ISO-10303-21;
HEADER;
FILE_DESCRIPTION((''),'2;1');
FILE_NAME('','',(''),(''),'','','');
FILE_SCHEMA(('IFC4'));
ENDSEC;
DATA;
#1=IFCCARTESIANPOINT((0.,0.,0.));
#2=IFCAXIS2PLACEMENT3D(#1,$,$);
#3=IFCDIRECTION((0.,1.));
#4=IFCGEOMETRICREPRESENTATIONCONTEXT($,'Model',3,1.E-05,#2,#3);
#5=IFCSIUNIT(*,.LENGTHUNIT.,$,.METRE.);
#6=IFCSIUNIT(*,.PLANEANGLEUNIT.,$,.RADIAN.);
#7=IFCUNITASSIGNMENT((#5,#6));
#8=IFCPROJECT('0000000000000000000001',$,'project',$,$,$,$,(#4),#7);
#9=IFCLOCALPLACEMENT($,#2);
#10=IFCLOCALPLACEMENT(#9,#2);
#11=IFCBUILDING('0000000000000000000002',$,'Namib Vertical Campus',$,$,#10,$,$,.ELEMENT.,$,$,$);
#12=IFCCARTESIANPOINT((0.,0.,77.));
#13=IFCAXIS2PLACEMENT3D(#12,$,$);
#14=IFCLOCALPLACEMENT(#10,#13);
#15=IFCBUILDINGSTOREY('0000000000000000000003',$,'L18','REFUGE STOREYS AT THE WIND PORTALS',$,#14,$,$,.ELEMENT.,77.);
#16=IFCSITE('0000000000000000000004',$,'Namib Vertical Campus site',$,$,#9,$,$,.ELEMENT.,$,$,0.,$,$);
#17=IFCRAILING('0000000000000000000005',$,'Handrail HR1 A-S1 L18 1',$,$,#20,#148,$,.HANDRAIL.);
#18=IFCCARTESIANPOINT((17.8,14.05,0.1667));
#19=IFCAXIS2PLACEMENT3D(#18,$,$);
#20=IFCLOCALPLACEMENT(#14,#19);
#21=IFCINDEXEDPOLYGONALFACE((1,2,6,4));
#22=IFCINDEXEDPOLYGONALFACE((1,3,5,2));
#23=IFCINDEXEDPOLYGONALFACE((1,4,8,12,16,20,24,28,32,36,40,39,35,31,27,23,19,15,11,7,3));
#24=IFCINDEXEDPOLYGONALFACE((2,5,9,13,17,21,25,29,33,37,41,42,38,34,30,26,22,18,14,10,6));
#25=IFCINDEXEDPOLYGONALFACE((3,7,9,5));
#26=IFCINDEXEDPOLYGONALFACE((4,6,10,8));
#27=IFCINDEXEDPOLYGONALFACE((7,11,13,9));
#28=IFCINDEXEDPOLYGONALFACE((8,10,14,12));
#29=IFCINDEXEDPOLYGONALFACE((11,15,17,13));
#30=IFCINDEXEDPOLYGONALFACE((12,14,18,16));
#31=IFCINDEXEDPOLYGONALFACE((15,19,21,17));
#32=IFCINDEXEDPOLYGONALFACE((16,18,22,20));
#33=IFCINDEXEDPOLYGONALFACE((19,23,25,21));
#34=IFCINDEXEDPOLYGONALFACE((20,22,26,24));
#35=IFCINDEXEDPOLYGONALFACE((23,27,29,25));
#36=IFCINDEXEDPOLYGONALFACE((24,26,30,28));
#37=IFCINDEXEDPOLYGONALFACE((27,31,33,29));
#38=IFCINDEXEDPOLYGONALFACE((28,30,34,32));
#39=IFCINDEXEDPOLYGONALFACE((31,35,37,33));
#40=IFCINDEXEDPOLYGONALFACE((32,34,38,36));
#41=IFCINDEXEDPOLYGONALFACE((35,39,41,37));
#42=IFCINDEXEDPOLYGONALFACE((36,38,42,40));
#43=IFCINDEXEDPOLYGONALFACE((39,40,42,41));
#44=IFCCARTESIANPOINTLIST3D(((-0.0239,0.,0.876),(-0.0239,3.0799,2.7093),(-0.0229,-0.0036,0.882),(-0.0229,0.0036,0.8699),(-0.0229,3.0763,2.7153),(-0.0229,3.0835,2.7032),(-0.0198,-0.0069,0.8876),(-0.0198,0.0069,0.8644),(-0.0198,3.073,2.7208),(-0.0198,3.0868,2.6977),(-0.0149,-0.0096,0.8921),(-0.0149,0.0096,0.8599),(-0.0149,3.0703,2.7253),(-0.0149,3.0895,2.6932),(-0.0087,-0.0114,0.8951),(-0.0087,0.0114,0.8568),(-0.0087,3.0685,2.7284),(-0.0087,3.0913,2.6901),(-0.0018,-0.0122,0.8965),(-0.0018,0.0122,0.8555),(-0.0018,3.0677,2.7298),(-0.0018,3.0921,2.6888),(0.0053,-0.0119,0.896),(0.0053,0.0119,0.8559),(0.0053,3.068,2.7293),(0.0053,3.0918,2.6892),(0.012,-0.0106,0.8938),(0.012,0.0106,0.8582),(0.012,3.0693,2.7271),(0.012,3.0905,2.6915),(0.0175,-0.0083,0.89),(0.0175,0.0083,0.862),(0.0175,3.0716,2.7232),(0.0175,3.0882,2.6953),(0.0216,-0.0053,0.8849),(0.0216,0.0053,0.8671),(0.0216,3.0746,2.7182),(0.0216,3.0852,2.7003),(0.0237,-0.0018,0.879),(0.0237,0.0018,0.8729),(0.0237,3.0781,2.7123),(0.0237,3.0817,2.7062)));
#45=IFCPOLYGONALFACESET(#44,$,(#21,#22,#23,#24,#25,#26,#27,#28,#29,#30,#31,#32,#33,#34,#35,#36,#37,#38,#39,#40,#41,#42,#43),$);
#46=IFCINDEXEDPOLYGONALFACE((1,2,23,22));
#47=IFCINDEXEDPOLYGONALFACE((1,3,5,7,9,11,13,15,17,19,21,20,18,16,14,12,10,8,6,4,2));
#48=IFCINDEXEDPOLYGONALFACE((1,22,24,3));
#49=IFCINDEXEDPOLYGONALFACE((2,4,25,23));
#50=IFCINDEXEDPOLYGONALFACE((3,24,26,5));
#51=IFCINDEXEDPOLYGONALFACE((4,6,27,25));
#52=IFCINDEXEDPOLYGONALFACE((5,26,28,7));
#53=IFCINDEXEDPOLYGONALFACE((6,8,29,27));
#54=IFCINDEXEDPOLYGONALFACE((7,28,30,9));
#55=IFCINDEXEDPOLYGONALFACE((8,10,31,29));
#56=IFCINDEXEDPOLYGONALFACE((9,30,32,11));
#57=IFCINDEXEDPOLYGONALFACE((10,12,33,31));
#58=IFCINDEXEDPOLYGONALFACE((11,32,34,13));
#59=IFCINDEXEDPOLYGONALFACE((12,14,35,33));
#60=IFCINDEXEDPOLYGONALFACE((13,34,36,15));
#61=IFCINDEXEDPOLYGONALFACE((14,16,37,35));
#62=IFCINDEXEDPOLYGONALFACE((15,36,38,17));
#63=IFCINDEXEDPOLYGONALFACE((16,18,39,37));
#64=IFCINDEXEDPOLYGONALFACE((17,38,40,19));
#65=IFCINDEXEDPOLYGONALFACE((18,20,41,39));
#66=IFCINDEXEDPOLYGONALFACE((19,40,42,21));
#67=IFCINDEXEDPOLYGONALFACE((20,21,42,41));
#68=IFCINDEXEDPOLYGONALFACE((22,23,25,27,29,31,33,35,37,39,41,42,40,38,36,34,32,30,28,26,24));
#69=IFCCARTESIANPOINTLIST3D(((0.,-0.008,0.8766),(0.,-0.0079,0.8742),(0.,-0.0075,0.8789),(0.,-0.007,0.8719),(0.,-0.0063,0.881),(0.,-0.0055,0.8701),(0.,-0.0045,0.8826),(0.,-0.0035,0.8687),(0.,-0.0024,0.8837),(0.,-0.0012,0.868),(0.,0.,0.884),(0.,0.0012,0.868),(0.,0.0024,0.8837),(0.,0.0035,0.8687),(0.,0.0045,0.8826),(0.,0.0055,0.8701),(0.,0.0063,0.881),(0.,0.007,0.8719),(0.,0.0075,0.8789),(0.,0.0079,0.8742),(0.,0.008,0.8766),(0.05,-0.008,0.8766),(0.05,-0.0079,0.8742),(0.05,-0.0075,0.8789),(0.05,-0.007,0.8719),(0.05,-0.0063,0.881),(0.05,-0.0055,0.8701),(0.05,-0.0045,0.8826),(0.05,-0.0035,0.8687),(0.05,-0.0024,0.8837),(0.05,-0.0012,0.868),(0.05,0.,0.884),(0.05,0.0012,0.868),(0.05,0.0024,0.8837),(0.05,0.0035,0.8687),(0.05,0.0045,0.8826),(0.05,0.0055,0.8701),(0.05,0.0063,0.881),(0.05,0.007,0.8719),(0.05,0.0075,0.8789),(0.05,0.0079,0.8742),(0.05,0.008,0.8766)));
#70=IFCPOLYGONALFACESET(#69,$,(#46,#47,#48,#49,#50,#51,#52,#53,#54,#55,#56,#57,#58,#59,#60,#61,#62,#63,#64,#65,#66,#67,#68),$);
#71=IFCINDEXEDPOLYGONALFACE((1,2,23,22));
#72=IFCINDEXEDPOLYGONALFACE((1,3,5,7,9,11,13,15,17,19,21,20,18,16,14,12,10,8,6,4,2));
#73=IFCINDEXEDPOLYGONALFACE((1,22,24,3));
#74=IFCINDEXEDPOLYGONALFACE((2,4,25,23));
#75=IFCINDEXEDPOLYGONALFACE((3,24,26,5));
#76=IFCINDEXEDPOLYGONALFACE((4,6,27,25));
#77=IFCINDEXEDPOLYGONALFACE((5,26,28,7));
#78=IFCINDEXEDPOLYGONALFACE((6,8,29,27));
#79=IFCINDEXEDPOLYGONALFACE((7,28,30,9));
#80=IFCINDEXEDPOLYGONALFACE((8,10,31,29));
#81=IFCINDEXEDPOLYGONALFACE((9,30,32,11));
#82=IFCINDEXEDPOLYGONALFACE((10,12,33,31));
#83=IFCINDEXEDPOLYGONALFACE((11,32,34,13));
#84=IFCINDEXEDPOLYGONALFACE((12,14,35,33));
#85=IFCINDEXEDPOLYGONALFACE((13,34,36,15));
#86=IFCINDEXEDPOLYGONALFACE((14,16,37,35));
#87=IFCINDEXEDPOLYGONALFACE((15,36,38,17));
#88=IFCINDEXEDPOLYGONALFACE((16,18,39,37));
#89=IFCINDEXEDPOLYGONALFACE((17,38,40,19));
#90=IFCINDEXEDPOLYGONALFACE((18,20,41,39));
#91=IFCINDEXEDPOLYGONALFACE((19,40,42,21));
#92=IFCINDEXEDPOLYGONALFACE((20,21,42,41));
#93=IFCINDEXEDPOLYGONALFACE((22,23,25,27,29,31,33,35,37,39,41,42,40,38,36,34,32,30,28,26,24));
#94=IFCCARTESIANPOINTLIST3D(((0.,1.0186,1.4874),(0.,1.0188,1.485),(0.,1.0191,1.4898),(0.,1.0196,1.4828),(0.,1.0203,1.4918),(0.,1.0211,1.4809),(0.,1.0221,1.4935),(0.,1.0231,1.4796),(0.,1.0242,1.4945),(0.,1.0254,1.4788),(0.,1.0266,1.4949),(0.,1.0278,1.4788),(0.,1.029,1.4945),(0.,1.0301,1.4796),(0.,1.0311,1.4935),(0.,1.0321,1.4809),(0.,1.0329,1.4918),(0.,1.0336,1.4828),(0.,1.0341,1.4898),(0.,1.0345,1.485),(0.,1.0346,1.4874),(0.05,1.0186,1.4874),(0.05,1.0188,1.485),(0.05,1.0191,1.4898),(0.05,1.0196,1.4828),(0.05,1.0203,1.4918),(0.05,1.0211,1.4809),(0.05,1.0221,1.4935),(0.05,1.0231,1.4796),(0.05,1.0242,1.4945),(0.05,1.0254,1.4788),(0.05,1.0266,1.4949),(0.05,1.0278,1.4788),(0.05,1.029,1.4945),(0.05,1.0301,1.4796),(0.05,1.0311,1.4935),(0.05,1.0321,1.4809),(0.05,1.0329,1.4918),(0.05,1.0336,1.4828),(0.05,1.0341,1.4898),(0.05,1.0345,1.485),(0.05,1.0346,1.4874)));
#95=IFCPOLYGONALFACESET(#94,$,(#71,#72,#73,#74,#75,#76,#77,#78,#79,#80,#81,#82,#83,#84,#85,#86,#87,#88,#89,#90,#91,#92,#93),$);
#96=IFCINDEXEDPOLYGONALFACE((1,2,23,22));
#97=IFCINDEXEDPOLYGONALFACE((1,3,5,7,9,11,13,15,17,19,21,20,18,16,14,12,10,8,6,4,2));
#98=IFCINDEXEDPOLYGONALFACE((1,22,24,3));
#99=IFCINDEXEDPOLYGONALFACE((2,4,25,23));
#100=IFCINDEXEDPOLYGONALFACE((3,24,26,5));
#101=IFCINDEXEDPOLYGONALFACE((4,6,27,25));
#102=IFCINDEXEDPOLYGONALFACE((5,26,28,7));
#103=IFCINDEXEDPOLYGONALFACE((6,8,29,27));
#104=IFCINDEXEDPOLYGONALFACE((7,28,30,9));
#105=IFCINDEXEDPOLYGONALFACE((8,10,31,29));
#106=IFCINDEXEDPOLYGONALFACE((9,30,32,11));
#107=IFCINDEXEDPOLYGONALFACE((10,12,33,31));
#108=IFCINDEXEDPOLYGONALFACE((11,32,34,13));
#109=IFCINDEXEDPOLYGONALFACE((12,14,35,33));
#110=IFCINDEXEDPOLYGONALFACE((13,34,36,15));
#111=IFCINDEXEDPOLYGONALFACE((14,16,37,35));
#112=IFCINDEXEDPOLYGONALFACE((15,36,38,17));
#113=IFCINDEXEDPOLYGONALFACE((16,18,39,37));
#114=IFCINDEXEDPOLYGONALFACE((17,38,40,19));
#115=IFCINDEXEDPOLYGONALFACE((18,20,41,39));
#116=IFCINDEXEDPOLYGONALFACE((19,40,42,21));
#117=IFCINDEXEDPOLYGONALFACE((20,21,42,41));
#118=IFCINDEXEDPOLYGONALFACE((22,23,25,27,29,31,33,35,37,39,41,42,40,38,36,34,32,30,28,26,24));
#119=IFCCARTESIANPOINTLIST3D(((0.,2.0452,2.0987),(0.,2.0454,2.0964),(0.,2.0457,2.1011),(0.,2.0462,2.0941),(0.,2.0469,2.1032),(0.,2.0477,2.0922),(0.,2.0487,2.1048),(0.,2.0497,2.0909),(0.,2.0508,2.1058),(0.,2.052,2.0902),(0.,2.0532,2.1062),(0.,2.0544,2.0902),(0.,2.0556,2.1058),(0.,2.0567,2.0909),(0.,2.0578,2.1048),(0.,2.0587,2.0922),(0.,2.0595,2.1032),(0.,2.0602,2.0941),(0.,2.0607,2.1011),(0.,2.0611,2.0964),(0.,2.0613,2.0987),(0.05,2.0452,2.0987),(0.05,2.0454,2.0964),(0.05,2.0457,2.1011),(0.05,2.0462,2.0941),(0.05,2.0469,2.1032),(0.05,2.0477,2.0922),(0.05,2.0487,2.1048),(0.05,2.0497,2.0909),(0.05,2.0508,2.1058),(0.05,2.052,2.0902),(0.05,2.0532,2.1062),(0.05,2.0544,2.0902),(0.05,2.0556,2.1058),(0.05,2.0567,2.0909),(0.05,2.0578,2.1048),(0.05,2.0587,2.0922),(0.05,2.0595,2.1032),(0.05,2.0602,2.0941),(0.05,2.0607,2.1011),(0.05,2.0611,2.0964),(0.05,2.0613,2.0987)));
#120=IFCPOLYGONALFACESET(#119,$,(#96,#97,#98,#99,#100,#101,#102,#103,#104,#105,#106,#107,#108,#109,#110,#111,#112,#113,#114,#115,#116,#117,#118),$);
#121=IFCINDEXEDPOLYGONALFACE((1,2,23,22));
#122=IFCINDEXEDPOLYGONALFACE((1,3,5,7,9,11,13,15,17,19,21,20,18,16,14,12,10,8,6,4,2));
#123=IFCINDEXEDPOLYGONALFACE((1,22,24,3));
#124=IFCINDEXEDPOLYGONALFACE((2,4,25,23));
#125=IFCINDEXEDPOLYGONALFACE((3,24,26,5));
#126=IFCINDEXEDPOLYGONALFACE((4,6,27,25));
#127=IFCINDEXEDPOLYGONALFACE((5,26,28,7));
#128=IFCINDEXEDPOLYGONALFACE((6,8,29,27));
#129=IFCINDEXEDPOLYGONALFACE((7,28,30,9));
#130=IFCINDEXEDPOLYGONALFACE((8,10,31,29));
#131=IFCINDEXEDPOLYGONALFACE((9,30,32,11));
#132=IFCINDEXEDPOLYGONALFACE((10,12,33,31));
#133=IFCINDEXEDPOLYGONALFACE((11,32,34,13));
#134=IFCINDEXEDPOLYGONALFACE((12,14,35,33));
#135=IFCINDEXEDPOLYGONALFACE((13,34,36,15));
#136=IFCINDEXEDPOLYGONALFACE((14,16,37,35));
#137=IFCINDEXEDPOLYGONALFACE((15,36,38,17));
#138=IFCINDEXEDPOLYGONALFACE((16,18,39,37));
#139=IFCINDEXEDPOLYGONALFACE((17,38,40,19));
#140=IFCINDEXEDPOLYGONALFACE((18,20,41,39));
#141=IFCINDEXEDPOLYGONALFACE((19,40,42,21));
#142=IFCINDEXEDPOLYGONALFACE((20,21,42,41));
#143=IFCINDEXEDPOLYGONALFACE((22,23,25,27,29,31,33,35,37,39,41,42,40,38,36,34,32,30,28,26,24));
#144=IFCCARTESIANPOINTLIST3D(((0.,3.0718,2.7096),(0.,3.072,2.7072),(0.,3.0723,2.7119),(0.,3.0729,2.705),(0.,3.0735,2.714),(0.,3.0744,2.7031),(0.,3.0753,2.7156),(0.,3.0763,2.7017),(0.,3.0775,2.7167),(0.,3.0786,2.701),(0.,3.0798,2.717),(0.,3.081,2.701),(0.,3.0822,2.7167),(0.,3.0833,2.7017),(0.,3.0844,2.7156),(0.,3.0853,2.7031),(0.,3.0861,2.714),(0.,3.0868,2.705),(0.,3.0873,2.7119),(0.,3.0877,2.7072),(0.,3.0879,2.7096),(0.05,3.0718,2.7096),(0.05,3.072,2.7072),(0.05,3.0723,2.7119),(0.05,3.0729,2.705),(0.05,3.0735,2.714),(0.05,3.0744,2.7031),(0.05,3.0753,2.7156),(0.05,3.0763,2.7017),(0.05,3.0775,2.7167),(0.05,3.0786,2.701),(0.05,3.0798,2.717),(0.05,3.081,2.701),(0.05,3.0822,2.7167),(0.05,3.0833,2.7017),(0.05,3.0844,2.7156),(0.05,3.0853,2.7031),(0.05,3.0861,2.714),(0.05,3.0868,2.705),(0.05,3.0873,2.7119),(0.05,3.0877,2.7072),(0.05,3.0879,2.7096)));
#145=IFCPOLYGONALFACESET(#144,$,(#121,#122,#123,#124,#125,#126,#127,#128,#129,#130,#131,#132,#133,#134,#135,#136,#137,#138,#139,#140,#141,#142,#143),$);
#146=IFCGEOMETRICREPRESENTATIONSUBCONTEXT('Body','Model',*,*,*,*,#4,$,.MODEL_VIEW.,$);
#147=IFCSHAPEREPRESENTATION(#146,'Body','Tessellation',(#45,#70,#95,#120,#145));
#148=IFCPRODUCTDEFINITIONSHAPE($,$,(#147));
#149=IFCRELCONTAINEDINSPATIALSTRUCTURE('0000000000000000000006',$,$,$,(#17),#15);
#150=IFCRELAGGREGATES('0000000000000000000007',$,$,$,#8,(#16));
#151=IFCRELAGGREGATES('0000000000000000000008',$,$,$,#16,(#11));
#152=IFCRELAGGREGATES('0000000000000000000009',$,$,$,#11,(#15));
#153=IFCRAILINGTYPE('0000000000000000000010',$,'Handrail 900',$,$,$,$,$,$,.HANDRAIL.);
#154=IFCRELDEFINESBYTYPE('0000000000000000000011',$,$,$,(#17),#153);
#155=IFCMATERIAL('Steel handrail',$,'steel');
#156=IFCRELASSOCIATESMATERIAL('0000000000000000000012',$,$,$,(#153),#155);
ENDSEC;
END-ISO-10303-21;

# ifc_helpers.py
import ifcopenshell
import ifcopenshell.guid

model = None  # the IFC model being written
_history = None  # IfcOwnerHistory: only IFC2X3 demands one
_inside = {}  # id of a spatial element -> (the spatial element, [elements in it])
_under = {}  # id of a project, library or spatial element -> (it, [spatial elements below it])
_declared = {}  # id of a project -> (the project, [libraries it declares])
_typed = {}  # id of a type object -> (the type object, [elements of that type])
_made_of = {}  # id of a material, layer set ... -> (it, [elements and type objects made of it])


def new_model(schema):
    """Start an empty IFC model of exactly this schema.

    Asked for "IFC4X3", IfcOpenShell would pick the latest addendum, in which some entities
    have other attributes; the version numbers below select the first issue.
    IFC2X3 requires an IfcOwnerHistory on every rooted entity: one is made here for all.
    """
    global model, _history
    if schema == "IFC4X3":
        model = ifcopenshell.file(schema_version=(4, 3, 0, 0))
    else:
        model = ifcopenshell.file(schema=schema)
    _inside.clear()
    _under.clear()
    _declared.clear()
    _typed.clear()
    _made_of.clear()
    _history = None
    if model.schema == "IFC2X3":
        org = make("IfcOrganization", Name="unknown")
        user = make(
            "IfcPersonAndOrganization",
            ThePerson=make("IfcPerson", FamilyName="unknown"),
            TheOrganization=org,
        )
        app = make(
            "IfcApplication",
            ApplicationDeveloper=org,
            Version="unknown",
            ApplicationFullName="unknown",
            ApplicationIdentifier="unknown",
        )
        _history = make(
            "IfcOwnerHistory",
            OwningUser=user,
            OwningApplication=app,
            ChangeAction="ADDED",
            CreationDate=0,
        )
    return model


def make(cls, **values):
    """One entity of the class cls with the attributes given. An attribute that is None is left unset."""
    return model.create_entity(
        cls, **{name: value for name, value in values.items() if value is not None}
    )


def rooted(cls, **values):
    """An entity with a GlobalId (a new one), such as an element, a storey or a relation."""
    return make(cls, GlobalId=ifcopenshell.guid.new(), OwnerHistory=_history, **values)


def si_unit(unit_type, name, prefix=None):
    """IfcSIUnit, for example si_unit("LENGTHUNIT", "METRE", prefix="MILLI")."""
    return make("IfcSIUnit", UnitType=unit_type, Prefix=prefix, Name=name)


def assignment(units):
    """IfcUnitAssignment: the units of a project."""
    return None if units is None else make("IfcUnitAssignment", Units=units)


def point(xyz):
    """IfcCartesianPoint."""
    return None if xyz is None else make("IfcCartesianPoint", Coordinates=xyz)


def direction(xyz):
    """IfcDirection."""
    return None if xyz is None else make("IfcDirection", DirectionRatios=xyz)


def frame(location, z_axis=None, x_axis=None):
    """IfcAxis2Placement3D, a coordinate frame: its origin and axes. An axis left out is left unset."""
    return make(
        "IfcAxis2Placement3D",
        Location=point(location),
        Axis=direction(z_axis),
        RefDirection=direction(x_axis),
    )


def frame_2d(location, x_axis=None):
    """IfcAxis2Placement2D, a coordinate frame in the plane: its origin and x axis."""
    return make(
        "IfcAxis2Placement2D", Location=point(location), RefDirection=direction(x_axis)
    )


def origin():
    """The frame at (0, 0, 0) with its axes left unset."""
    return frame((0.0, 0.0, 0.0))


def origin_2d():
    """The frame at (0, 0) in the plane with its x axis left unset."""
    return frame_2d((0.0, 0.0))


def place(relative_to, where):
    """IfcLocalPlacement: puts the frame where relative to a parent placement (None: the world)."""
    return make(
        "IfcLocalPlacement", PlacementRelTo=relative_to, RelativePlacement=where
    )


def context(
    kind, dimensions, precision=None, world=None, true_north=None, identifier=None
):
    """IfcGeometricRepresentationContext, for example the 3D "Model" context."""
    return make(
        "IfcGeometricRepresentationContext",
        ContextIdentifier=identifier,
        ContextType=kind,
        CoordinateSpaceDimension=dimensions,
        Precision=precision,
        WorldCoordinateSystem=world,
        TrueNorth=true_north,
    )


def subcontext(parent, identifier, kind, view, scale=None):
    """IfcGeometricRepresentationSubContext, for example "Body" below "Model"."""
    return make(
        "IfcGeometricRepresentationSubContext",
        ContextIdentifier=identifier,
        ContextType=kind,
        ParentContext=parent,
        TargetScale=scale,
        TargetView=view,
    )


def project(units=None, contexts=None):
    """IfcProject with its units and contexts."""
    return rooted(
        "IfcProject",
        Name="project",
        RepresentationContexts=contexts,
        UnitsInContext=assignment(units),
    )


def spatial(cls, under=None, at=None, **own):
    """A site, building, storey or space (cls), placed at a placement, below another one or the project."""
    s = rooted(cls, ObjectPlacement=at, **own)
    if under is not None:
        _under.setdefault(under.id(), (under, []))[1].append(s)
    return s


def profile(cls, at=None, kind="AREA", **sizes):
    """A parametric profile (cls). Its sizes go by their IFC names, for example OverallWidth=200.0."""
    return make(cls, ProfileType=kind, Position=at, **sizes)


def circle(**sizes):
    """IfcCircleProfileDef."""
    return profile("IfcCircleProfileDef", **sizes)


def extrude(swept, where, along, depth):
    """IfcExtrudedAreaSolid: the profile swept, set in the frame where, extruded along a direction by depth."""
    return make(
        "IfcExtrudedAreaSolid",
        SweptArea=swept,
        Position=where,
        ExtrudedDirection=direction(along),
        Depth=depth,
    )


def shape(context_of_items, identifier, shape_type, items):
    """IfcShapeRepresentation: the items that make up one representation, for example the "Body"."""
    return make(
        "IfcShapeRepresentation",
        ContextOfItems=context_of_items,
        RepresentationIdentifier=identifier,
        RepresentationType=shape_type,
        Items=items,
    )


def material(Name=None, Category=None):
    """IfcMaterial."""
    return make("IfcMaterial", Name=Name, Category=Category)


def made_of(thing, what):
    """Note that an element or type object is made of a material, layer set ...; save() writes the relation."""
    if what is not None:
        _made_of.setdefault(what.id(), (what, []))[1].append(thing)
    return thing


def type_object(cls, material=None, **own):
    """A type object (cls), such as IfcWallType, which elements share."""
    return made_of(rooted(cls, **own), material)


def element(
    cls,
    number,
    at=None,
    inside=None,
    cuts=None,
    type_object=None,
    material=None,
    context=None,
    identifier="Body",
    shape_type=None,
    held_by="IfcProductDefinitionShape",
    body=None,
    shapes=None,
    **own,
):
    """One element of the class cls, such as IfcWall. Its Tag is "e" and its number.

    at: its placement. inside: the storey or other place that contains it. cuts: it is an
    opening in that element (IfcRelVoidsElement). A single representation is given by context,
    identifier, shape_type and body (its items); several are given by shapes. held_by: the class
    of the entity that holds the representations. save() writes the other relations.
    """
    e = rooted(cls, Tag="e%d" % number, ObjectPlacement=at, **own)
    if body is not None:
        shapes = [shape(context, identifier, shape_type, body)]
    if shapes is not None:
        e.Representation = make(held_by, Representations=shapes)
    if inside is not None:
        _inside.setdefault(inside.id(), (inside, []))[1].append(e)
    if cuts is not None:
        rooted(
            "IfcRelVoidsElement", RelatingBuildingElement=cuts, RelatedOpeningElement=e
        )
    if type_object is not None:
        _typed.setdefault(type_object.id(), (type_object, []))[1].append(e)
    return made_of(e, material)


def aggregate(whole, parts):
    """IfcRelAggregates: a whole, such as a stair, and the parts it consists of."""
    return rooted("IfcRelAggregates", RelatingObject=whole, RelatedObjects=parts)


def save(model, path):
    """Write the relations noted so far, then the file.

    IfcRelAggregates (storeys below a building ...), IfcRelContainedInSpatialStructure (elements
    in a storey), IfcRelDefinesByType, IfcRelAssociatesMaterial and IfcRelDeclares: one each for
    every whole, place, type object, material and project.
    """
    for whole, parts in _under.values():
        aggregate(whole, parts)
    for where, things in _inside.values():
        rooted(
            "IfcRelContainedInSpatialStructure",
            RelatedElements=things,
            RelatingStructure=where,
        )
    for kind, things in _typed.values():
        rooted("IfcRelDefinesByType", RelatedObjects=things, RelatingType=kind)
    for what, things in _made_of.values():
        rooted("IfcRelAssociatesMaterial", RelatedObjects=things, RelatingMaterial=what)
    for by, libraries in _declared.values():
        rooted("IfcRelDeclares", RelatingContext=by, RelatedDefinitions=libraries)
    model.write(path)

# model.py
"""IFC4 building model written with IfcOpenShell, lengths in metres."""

from ifc_helpers import new_model, si_unit, direction, frame, origin, origin_2d, place, context, subcontext, project, spatial, circle, extrude, material, type_object, element, save


model = new_model("IFC4")

# Units and contexts
model_context = context("Model", 3, precision=1e-05, world=origin(), true_north=direction((0.0, 1.0)))
body_context = subcontext(model_context, "Body", "Model", "MODEL_VIEW")
ifc_project = project(units=[si_unit("LENGTHUNIT", "METRE"), si_unit("PLANEANGLEUNIT", "RADIAN")], contexts=[model_context])

# Site, building, storey
site_placement = place(None, origin())
site = spatial("IfcSite", under=ifc_project, at=site_placement, Name="Namib Vertical Campus site", CompositionType="ELEMENT", RefElevation=0.0)
building_placement = place(site_placement, origin())
building = spatial("IfcBuilding", under=site, at=building_placement, Name="Namib Vertical Campus", CompositionType="ELEMENT")
storey_placement = place(building_placement, frame((0.0, 0.0, 77.0)))
storey = spatial("IfcBuildingStorey", under=building, at=storey_placement, Name="L18", Description="REFUGE STOREYS AT THE WIND PORTALS", CompositionType="ELEMENT", Elevation=77.0)

# Railing
ifc_material_1 = material(Name="Steel handrail", Category="steel")
railing_type_1 = type_object("IfcRailingType", Name="Handrail 900", PredefinedType="HANDRAIL", material=ifc_material_1)
railing_1_placement = place(storey_placement, frame((17.8, 14.05, 0.1667)))
element("IfcRailing", 1, at=railing_1_placement, inside=storey, type_object=railing_type_1, Name="Handrail HR1 A-S1 L18 1", PredefinedType="HANDRAIL", context=body_context, shape_type="SweptSolid", body=[
    extrude(circle(Radius=0.0239, at=origin_2d()), frame((0.0, 0.0, 0.876), z_axis=(0.0, 0.859291, 0.511487), x_axis=(-1.0, 0.0, 0.0)), (0.0, 0.0, 1.0), 3.5842),
    extrude(circle(Radius=0.0081, at=origin_2d()), frame((0.0, 0.0, 0.876), z_axis=(1.0, 0.0, 0.0), x_axis=(0.0, 0.0, 1.0)), (0.0, 0.0, 1.0), 0.05),
    extrude(circle(Radius=0.0081, at=origin_2d()), frame((0.0, 1.0266, 1.4868), z_axis=(1.0, 0.0, 0.0), x_axis=(0.0, 0.0, 1.0)), (0.0, 0.0, 1.0), 0.05),
    extrude(circle(Radius=0.0081, at=origin_2d()), frame((0.0, 2.0532, 2.0981), z_axis=(1.0, 0.0, 0.0), x_axis=(0.0, 0.0, 1.0)), (0.0, 0.0, 1.0), 0.05),
    extrude(circle(Radius=0.0081, at=origin_2d()), frame((0.0, 3.0798, 2.709), z_axis=(1.0, 0.0, 0.0), x_axis=(0.0, 0.0, 1.0)), (0.0, 0.0, 1.0), 0.05),
])

save(model, "model.ifc")
